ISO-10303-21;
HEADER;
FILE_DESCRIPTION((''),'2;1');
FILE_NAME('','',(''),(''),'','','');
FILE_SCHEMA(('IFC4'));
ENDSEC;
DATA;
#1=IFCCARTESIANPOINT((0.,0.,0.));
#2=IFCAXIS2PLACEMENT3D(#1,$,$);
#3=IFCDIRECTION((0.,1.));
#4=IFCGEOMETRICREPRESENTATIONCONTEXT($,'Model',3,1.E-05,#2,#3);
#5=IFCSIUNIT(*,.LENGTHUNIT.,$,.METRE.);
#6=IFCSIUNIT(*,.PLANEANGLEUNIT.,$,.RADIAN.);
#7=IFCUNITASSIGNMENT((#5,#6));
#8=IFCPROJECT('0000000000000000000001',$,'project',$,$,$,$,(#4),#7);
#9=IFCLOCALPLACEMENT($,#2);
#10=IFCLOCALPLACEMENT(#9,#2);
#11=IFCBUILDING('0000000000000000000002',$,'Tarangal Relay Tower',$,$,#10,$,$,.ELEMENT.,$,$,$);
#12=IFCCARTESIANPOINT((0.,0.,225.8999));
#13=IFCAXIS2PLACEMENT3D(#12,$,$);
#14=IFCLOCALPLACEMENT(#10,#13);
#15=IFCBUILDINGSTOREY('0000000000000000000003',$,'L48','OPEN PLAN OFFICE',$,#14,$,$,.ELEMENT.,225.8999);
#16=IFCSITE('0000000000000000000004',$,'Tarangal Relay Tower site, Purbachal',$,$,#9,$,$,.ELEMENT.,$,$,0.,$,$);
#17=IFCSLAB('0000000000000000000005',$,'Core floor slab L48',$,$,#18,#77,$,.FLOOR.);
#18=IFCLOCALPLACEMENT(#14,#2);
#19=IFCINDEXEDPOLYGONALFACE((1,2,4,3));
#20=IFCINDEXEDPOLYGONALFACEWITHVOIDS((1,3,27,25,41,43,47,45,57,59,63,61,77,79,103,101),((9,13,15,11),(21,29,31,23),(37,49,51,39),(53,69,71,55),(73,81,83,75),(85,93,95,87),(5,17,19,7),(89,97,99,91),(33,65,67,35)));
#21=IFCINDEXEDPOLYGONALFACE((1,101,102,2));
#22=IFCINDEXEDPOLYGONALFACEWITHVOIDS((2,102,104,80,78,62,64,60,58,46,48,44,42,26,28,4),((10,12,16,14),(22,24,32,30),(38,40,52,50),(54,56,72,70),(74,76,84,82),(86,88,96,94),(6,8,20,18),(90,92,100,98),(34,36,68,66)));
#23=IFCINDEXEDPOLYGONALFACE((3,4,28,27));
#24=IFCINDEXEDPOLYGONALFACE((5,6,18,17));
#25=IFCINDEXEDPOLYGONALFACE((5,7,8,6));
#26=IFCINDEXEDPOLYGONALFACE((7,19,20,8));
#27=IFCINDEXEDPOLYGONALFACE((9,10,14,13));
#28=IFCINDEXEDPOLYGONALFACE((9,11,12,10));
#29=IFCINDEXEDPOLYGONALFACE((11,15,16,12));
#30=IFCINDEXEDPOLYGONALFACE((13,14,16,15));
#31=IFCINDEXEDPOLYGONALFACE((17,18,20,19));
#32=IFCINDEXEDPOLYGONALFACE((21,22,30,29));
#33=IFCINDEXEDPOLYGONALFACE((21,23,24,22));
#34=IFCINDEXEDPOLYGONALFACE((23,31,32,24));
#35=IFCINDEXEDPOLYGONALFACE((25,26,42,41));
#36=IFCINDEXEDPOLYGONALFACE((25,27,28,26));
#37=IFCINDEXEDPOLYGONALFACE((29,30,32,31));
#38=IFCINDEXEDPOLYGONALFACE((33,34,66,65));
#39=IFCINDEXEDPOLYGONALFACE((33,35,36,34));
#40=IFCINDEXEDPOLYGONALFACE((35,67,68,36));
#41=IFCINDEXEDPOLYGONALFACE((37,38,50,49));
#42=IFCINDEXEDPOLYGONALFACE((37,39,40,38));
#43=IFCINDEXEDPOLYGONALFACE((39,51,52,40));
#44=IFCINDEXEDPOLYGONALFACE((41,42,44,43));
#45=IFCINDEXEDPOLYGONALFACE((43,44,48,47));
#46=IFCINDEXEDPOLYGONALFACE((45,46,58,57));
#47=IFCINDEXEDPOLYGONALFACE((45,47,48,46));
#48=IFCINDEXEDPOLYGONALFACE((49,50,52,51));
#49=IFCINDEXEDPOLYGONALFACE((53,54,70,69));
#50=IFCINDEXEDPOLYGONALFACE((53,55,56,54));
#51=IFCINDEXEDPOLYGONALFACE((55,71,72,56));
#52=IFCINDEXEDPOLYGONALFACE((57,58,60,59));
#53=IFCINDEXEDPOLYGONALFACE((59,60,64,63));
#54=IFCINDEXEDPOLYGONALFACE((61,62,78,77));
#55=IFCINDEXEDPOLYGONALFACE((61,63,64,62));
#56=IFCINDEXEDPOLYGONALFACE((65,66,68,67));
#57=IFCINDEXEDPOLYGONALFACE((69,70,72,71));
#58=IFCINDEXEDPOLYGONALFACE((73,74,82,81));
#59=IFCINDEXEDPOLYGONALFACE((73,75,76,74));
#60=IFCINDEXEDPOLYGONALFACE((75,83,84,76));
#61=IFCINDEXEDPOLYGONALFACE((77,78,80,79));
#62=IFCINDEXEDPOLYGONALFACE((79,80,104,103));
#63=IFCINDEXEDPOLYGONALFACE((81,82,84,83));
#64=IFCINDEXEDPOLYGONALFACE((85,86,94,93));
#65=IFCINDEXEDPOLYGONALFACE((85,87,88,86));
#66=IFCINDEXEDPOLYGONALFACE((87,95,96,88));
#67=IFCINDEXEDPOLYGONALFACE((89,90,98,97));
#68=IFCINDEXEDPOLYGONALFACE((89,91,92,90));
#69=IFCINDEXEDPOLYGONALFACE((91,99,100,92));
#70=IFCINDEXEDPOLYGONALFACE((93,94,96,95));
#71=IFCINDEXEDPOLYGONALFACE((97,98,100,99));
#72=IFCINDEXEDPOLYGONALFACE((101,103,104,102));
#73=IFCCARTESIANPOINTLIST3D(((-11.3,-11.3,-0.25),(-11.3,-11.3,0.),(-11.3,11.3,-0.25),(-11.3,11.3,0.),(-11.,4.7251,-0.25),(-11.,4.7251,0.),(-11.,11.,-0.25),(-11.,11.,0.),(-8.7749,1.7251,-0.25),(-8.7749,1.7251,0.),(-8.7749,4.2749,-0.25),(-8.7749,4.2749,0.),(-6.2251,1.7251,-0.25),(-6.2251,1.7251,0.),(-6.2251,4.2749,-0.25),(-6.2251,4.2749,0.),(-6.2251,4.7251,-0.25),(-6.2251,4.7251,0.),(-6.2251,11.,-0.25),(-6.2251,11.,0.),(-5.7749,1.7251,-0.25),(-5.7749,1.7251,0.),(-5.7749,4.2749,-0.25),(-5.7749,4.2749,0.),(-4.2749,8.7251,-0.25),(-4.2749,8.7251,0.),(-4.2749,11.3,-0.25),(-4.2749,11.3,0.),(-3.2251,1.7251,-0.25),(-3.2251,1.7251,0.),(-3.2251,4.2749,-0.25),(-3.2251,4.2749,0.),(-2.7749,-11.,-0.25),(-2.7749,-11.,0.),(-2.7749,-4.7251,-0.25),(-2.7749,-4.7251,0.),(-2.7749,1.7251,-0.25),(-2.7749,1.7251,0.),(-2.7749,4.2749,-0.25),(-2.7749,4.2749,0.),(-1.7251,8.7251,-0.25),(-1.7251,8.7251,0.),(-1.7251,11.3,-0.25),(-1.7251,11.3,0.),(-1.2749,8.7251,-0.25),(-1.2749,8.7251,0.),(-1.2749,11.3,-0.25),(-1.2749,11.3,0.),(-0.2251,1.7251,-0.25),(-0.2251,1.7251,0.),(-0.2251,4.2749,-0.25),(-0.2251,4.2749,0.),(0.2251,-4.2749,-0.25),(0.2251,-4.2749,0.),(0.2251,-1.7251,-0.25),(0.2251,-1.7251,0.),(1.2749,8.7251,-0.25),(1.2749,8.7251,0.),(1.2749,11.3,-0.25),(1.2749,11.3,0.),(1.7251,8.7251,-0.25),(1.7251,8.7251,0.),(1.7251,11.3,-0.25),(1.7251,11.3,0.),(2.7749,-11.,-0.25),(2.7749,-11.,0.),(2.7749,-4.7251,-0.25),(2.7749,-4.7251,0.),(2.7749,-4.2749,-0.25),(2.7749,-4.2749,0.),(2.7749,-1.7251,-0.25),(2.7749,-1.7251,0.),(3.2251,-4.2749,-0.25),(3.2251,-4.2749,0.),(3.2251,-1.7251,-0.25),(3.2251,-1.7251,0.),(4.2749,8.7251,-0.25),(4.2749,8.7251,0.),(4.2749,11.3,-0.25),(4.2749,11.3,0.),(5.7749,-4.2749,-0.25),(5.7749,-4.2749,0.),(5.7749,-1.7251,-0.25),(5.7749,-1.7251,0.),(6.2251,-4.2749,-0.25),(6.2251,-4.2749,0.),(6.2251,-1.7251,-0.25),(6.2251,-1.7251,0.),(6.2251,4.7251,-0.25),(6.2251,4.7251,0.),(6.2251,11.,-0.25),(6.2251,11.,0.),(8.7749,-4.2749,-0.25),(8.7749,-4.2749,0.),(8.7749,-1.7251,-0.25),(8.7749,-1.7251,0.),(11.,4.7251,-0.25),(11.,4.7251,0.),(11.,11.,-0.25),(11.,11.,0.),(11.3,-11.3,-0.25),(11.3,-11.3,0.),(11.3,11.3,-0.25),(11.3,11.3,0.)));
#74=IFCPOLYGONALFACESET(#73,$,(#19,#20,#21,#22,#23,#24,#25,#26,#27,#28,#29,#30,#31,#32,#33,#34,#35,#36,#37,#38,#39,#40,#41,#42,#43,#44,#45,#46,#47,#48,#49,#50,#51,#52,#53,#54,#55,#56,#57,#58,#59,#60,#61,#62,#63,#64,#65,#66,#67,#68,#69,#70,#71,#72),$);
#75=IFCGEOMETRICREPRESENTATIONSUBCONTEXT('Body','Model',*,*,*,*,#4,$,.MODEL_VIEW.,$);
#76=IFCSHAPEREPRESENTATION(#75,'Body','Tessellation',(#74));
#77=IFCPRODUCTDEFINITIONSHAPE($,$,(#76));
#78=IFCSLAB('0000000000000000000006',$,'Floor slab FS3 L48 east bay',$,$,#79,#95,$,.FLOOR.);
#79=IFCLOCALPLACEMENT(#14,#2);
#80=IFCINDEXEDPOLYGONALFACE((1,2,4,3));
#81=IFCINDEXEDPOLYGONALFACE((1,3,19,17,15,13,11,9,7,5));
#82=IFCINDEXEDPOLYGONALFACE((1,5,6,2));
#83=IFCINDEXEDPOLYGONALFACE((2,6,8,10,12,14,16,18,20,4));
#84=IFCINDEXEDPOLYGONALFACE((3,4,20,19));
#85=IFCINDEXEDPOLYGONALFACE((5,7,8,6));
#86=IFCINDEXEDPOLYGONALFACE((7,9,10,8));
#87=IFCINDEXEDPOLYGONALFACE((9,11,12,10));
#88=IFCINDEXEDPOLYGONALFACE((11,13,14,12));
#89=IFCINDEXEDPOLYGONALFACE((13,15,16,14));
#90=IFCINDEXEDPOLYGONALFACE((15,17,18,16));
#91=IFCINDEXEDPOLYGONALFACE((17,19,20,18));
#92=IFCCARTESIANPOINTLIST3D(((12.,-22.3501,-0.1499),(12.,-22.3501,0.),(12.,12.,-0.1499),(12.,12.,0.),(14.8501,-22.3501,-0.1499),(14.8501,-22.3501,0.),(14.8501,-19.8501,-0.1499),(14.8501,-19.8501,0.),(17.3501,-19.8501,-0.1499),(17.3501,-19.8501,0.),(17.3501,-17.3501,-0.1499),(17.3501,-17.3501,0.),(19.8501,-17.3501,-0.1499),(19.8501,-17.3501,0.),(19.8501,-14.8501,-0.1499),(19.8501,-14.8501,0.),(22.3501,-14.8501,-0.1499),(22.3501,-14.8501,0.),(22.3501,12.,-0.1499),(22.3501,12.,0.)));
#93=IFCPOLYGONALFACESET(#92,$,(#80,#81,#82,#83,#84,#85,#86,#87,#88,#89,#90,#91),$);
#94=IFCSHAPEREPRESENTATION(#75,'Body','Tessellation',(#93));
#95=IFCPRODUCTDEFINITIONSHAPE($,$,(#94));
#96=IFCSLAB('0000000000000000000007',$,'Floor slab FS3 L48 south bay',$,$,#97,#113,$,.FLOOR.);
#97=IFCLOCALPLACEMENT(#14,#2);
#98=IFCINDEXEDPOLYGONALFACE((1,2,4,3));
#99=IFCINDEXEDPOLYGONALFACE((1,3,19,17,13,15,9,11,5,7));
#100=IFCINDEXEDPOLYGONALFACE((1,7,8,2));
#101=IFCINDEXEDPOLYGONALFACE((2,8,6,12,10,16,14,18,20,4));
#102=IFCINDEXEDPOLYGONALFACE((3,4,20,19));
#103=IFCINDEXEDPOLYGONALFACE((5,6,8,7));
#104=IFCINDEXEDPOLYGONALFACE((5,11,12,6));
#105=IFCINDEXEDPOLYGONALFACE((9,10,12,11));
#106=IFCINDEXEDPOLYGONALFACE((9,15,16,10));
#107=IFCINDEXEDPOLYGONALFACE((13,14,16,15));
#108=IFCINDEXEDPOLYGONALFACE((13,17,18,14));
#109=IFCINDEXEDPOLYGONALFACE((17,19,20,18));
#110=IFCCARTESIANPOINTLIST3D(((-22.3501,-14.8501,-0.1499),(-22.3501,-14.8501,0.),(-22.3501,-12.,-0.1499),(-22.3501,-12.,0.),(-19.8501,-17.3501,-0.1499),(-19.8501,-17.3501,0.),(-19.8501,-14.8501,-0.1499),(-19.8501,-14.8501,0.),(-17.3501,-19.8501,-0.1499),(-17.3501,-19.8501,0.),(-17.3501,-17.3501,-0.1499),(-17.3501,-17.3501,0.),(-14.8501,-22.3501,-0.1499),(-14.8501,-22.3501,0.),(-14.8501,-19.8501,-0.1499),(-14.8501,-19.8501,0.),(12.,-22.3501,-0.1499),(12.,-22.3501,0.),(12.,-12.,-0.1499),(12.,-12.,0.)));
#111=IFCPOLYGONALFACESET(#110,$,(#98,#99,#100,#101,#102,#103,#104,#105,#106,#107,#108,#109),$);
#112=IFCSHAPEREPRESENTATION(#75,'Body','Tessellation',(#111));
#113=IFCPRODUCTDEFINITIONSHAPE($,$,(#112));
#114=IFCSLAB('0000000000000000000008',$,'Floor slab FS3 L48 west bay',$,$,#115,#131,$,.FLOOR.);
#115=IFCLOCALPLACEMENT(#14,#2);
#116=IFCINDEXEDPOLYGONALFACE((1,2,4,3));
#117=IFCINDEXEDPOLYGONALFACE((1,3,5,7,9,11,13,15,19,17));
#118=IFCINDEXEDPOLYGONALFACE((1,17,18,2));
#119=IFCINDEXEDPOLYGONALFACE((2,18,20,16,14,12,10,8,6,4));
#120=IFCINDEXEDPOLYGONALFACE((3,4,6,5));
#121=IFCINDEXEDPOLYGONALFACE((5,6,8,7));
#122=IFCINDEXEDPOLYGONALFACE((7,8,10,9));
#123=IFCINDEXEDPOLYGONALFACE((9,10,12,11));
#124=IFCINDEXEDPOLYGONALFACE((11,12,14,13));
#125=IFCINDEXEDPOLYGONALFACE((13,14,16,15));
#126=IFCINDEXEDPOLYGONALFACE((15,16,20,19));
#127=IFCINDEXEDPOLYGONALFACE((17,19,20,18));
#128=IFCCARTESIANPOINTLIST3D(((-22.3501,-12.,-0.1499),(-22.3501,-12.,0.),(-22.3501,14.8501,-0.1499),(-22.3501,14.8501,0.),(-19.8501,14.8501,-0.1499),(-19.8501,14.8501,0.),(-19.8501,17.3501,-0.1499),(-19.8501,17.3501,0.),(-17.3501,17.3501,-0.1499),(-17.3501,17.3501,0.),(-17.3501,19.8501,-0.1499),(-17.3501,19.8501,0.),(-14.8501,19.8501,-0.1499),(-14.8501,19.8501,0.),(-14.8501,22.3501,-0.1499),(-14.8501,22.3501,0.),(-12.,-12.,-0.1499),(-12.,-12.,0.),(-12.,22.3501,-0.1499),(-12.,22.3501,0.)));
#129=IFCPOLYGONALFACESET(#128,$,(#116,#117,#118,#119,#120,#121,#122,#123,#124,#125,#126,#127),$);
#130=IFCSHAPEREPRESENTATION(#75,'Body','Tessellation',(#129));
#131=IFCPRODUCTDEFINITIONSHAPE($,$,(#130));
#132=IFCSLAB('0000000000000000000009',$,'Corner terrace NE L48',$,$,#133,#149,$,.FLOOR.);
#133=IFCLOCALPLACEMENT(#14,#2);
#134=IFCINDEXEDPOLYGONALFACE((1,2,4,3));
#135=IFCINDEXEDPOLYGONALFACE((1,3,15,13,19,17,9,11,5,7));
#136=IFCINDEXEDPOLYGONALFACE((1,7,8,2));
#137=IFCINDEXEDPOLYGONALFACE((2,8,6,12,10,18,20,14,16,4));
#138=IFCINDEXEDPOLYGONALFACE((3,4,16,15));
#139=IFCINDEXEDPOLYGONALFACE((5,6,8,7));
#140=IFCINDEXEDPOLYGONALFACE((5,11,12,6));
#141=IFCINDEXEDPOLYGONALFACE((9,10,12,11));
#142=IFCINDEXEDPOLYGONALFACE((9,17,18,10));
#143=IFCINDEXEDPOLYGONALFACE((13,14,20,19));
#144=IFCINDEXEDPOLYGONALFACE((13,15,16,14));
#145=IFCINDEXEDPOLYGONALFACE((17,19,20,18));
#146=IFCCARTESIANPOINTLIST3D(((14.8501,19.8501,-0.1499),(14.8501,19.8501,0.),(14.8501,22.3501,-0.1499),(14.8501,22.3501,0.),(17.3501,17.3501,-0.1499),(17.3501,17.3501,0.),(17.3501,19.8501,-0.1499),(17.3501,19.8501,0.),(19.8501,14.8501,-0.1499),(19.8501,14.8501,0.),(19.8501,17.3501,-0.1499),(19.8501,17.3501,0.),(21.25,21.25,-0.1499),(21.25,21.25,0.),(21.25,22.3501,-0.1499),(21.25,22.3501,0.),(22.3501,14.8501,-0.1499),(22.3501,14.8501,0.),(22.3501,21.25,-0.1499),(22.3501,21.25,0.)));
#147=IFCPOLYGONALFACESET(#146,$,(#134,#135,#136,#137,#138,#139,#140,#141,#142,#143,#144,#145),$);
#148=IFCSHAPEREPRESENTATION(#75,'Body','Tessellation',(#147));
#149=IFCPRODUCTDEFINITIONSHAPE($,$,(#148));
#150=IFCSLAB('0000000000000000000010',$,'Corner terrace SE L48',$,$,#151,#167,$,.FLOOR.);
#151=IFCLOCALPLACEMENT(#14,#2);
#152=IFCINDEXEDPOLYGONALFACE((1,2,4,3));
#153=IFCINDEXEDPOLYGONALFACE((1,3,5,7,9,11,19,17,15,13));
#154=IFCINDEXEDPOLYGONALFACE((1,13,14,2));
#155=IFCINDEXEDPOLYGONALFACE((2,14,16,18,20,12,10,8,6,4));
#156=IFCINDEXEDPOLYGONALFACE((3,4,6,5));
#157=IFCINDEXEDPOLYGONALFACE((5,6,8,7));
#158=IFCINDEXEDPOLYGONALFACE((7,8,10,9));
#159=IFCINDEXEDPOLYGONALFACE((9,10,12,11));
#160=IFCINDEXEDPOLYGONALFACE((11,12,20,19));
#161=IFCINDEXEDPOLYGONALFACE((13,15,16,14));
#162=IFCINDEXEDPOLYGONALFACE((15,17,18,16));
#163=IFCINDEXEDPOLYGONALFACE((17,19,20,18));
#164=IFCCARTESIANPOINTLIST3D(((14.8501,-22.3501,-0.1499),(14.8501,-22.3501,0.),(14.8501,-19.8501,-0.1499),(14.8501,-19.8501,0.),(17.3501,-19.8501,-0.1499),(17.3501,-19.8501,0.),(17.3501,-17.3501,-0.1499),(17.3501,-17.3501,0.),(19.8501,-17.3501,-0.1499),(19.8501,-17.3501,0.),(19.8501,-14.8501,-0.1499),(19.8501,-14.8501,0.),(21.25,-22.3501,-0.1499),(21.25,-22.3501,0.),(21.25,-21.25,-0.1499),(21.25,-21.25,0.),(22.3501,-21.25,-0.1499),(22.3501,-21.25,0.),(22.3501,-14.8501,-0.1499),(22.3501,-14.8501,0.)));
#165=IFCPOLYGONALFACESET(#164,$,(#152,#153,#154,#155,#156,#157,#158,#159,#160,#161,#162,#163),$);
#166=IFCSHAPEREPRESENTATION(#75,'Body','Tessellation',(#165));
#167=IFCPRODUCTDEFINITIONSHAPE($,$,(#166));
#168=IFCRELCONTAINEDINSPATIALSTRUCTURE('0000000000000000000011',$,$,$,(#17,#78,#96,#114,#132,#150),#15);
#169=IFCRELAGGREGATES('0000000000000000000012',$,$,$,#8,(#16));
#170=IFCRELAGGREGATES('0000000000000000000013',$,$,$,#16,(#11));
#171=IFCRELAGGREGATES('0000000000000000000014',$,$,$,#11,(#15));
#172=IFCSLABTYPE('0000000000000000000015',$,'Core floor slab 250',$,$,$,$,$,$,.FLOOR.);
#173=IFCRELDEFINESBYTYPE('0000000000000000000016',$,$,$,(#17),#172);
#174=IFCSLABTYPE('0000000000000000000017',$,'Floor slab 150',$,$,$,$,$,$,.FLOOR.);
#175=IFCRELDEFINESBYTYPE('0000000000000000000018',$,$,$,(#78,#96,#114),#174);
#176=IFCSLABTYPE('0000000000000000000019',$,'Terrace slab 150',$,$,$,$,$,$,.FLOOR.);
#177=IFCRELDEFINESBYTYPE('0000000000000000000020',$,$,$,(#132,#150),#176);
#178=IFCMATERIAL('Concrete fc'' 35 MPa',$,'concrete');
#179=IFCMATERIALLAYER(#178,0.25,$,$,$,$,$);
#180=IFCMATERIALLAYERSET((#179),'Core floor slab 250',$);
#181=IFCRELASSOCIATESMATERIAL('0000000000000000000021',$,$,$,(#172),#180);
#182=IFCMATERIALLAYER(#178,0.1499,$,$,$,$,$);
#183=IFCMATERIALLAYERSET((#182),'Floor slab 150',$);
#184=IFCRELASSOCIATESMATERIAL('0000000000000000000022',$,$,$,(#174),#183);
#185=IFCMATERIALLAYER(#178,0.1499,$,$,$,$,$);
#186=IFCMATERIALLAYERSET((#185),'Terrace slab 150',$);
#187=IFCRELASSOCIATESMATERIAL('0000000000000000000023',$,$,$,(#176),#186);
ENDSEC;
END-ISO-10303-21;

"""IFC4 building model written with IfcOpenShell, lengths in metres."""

from ifc_helpers import new_model, si_unit, direction, frame, origin, place, context, subcontext, project, spatial, polyline, outline, extrude, material, layer, layer_set, type_object, element, save


model = new_model("IFC4")

# Units and contexts
model_context = context("Model", 3, precision=1e-05, world=origin(), true_north=direction((0.0, 1.0)))
body_context = subcontext(model_context, "Body", "Model", "MODEL_VIEW")
ifc_project = project(units=[si_unit("LENGTHUNIT", "METRE"), si_unit("PLANEANGLEUNIT", "RADIAN")], contexts=[model_context])

# Site, building, storey
site_placement = place(None, origin())
site = spatial("IfcSite", under=ifc_project, at=site_placement, Name="Tarangal Relay Tower site, Purbachal", CompositionType="ELEMENT", RefElevation=0.0)
building_placement = place(site_placement, origin())
building = spatial("IfcBuilding", under=site, at=building_placement, Name="Tarangal Relay Tower", CompositionType="ELEMENT")
storey_placement = place(building_placement, frame((0.0, 0.0, 225.8999)))
storey = spatial("IfcBuildingStorey", under=building, at=storey_placement, Name="L48", Description="OPEN PLAN OFFICE", CompositionType="ELEMENT", Elevation=225.8999)

# Slabs
ifc_material_1 = material(Name="Concrete fc' 35 MPa", Category="concrete")
ifc_layer_1 = layer(ifc_material_1, 0.25)
ifc_layer_set_1 = layer_set([ifc_layer_1], Name="Core floor slab 250")
slab_type_1 = type_object("IfcSlabType", Name="Core floor slab 250", PredefinedType="FLOOR", material=ifc_layer_set_1)
slab_1_placement = place(storey_placement, frame((0.0, 0.0, -0.25)))
element("IfcSlab", 1, at=slab_1_placement, inside=storey, type_object=slab_type_1, Name="Core floor slab L48", PredefinedType="FLOOR", context=body_context, shape_type="SweptSolid", body=[
    extrude(outline(polyline([(11.3, 11.3), (11.3, -11.3), (-11.3, -11.3), (-11.3, 11.3), (-4.2749, 11.3), (-4.2749, 8.7251), (-1.7251, 8.7251), (-1.7251, 11.3), (-1.2749, 11.3), (-1.2749, 8.7251), (1.2749, 8.7251), (1.2749, 11.3), (1.7251, 11.3), (1.7251, 8.7251), (4.2749, 8.7251), (4.2749, 11.3), (11.3, 11.3)]), holes=[polyline([(-6.2251, 4.2749), (-8.7749, 4.2749), (-8.7749, 1.7251), (-6.2251, 1.7251), (-6.2251, 4.2749)]), polyline([(-3.2251, 1.7251), (-3.2251, 4.2749), (-5.7749, 4.2749), (-5.7749, 1.7251), (-3.2251, 1.7251)]), polyline([(-0.2251, 1.7251), (-0.2251, 4.2749), (-2.7749, 4.2749), (-2.7749, 1.7251), (-0.2251, 1.7251)]), polyline([(-6.2251, 11.0), (-11.0, 11.0), (-11.0, 4.7251), (-6.2251, 4.7251), (-6.2251, 11.0)]), polyline([(2.7749, -4.7251), (-2.7749, -4.7251), (-2.7749, -11.0), (2.7749, -11.0), (2.7749, -4.7251)]), polyline([(2.7749, -4.2749), (2.7749, -1.7251), (0.2251, -1.7251), (0.2251, -4.2749), (2.7749, -4.2749)]), polyline([(5.7749, -4.2749), (5.7749, -1.7251), (3.2251, -1.7251), (3.2251, -4.2749), (5.7749, -4.2749)]), polyline([(8.7749, -1.7251), (6.2251, -1.7251), (6.2251, -4.2749), (8.7749, -4.2749), (8.7749, -1.7251)]), polyline([(11.0, 4.7251), (11.0, 11.0), (6.2251, 11.0), (6.2251, 4.7251), (11.0, 4.7251)])]), origin(), (0.0, 0.0, 1.0), 0.25),
])
ifc_layer_2 = layer(ifc_material_1, 0.1499)
ifc_layer_set_2 = layer_set([ifc_layer_2], Name="Floor slab 150")
slab_type_2 = type_object("IfcSlabType", Name="Floor slab 150", PredefinedType="FLOOR", material=ifc_layer_set_2)
slab_2_placement = place(storey_placement, frame((0.0, 0.0, -0.1499)))
element("IfcSlab", 2, at=slab_2_placement, inside=storey, type_object=slab_type_2, Name="Floor slab FS3 L48 east bay", PredefinedType="FLOOR", context=body_context, shape_type="SweptSolid", body=[
    extrude(outline(polyline([(22.3501, -14.8501), (19.8501, -14.8501), (19.8501, -17.3501), (17.3501, -17.3501), (17.3501, -19.8501), (14.8501, -19.8501), (14.8501, -22.3501), (12.0, -22.3501), (12.0, 12.0), (22.3501, 12.0), (22.3501, -14.8501)])), origin(), (0.0, 0.0, 1.0), 0.1499),
])
slab_3_placement = place(storey_placement, frame((0.0, 0.0, -0.1499)))
element("IfcSlab", 3, at=slab_3_placement, inside=storey, type_object=slab_type_2, Name="Floor slab FS3 L48 south bay", PredefinedType="FLOOR", context=body_context, shape_type="SweptSolid", body=[
    extrude(outline(polyline([(-14.8501, -22.3501), (-14.8501, -19.8501), (-17.3501, -19.8501), (-17.3501, -17.3501), (-19.8501, -17.3501), (-19.8501, -14.8501), (-22.3501, -14.8501), (-22.3501, -12.0), (12.0, -12.0), (12.0, -22.3501), (-14.8501, -22.3501)])), origin(), (0.0, 0.0, 1.0), 0.1499),
])
slab_4_placement = place(storey_placement, frame((0.0, 0.0, -0.1499)))
element("IfcSlab", 4, at=slab_4_placement, inside=storey, type_object=slab_type_2, Name="Floor slab FS3 L48 west bay", PredefinedType="FLOOR", context=body_context, shape_type="SweptSolid", body=[
    extrude(outline(polyline([(-12.0, 22.3501), (-12.0, -12.0), (-22.3501, -12.0), (-22.3501, 14.8501), (-19.8501, 14.8501), (-19.8501, 17.3501), (-17.3501, 17.3501), (-17.3501, 19.8501), (-14.8501, 19.8501), (-14.8501, 22.3501), (-12.0, 22.3501)])), origin(), (0.0, 0.0, 1.0), 0.1499),
])
ifc_layer_3 = layer(ifc_material_1, 0.1499)
ifc_layer_set_3 = layer_set([ifc_layer_3], Name="Terrace slab 150")
slab_type_3 = type_object("IfcSlabType", Name="Terrace slab 150", PredefinedType="FLOOR", material=ifc_layer_set_3)
slab_5_placement = place(storey_placement, frame((0.0, 0.0, -0.1499)))
element("IfcSlab", 5, at=slab_5_placement, inside=storey, type_object=slab_type_3, Name="Corner terrace NE L48", PredefinedType="FLOOR", context=body_context, shape_type="SweptSolid", body=[
    extrude(outline(polyline([(14.8501, 22.3501), (14.8501, 19.8501), (17.3501, 19.8501), (17.3501, 17.3501), (19.8501, 17.3501), (19.8501, 14.8501), (22.3501, 14.8501), (22.3501, 21.25), (21.25, 21.25), (21.25, 22.3501), (14.8501, 22.3501)])), origin(), (0.0, 0.0, 1.0), 0.1499),
])
slab_6_placement = place(storey_placement, frame((0.0, 0.0, -0.1499)))
element("IfcSlab", 6, at=slab_6_placement, inside=storey, type_object=slab_type_3, Name="Corner terrace SE L48", PredefinedType="FLOOR", context=body_context, shape_type="SweptSolid", body=[
    extrude(outline(polyline([(22.3501, -14.8501), (19.8501, -14.8501), (19.8501, -17.3501), (17.3501, -17.3501), (17.3501, -19.8501), (14.8501, -19.8501), (14.8501, -22.3501), (21.25, -22.3501), (21.25, -21.25), (22.3501, -21.25), (22.3501, -14.8501)])), origin(), (0.0, 0.0, 1.0), 0.1499),
])

save(model, "model.ifc")
